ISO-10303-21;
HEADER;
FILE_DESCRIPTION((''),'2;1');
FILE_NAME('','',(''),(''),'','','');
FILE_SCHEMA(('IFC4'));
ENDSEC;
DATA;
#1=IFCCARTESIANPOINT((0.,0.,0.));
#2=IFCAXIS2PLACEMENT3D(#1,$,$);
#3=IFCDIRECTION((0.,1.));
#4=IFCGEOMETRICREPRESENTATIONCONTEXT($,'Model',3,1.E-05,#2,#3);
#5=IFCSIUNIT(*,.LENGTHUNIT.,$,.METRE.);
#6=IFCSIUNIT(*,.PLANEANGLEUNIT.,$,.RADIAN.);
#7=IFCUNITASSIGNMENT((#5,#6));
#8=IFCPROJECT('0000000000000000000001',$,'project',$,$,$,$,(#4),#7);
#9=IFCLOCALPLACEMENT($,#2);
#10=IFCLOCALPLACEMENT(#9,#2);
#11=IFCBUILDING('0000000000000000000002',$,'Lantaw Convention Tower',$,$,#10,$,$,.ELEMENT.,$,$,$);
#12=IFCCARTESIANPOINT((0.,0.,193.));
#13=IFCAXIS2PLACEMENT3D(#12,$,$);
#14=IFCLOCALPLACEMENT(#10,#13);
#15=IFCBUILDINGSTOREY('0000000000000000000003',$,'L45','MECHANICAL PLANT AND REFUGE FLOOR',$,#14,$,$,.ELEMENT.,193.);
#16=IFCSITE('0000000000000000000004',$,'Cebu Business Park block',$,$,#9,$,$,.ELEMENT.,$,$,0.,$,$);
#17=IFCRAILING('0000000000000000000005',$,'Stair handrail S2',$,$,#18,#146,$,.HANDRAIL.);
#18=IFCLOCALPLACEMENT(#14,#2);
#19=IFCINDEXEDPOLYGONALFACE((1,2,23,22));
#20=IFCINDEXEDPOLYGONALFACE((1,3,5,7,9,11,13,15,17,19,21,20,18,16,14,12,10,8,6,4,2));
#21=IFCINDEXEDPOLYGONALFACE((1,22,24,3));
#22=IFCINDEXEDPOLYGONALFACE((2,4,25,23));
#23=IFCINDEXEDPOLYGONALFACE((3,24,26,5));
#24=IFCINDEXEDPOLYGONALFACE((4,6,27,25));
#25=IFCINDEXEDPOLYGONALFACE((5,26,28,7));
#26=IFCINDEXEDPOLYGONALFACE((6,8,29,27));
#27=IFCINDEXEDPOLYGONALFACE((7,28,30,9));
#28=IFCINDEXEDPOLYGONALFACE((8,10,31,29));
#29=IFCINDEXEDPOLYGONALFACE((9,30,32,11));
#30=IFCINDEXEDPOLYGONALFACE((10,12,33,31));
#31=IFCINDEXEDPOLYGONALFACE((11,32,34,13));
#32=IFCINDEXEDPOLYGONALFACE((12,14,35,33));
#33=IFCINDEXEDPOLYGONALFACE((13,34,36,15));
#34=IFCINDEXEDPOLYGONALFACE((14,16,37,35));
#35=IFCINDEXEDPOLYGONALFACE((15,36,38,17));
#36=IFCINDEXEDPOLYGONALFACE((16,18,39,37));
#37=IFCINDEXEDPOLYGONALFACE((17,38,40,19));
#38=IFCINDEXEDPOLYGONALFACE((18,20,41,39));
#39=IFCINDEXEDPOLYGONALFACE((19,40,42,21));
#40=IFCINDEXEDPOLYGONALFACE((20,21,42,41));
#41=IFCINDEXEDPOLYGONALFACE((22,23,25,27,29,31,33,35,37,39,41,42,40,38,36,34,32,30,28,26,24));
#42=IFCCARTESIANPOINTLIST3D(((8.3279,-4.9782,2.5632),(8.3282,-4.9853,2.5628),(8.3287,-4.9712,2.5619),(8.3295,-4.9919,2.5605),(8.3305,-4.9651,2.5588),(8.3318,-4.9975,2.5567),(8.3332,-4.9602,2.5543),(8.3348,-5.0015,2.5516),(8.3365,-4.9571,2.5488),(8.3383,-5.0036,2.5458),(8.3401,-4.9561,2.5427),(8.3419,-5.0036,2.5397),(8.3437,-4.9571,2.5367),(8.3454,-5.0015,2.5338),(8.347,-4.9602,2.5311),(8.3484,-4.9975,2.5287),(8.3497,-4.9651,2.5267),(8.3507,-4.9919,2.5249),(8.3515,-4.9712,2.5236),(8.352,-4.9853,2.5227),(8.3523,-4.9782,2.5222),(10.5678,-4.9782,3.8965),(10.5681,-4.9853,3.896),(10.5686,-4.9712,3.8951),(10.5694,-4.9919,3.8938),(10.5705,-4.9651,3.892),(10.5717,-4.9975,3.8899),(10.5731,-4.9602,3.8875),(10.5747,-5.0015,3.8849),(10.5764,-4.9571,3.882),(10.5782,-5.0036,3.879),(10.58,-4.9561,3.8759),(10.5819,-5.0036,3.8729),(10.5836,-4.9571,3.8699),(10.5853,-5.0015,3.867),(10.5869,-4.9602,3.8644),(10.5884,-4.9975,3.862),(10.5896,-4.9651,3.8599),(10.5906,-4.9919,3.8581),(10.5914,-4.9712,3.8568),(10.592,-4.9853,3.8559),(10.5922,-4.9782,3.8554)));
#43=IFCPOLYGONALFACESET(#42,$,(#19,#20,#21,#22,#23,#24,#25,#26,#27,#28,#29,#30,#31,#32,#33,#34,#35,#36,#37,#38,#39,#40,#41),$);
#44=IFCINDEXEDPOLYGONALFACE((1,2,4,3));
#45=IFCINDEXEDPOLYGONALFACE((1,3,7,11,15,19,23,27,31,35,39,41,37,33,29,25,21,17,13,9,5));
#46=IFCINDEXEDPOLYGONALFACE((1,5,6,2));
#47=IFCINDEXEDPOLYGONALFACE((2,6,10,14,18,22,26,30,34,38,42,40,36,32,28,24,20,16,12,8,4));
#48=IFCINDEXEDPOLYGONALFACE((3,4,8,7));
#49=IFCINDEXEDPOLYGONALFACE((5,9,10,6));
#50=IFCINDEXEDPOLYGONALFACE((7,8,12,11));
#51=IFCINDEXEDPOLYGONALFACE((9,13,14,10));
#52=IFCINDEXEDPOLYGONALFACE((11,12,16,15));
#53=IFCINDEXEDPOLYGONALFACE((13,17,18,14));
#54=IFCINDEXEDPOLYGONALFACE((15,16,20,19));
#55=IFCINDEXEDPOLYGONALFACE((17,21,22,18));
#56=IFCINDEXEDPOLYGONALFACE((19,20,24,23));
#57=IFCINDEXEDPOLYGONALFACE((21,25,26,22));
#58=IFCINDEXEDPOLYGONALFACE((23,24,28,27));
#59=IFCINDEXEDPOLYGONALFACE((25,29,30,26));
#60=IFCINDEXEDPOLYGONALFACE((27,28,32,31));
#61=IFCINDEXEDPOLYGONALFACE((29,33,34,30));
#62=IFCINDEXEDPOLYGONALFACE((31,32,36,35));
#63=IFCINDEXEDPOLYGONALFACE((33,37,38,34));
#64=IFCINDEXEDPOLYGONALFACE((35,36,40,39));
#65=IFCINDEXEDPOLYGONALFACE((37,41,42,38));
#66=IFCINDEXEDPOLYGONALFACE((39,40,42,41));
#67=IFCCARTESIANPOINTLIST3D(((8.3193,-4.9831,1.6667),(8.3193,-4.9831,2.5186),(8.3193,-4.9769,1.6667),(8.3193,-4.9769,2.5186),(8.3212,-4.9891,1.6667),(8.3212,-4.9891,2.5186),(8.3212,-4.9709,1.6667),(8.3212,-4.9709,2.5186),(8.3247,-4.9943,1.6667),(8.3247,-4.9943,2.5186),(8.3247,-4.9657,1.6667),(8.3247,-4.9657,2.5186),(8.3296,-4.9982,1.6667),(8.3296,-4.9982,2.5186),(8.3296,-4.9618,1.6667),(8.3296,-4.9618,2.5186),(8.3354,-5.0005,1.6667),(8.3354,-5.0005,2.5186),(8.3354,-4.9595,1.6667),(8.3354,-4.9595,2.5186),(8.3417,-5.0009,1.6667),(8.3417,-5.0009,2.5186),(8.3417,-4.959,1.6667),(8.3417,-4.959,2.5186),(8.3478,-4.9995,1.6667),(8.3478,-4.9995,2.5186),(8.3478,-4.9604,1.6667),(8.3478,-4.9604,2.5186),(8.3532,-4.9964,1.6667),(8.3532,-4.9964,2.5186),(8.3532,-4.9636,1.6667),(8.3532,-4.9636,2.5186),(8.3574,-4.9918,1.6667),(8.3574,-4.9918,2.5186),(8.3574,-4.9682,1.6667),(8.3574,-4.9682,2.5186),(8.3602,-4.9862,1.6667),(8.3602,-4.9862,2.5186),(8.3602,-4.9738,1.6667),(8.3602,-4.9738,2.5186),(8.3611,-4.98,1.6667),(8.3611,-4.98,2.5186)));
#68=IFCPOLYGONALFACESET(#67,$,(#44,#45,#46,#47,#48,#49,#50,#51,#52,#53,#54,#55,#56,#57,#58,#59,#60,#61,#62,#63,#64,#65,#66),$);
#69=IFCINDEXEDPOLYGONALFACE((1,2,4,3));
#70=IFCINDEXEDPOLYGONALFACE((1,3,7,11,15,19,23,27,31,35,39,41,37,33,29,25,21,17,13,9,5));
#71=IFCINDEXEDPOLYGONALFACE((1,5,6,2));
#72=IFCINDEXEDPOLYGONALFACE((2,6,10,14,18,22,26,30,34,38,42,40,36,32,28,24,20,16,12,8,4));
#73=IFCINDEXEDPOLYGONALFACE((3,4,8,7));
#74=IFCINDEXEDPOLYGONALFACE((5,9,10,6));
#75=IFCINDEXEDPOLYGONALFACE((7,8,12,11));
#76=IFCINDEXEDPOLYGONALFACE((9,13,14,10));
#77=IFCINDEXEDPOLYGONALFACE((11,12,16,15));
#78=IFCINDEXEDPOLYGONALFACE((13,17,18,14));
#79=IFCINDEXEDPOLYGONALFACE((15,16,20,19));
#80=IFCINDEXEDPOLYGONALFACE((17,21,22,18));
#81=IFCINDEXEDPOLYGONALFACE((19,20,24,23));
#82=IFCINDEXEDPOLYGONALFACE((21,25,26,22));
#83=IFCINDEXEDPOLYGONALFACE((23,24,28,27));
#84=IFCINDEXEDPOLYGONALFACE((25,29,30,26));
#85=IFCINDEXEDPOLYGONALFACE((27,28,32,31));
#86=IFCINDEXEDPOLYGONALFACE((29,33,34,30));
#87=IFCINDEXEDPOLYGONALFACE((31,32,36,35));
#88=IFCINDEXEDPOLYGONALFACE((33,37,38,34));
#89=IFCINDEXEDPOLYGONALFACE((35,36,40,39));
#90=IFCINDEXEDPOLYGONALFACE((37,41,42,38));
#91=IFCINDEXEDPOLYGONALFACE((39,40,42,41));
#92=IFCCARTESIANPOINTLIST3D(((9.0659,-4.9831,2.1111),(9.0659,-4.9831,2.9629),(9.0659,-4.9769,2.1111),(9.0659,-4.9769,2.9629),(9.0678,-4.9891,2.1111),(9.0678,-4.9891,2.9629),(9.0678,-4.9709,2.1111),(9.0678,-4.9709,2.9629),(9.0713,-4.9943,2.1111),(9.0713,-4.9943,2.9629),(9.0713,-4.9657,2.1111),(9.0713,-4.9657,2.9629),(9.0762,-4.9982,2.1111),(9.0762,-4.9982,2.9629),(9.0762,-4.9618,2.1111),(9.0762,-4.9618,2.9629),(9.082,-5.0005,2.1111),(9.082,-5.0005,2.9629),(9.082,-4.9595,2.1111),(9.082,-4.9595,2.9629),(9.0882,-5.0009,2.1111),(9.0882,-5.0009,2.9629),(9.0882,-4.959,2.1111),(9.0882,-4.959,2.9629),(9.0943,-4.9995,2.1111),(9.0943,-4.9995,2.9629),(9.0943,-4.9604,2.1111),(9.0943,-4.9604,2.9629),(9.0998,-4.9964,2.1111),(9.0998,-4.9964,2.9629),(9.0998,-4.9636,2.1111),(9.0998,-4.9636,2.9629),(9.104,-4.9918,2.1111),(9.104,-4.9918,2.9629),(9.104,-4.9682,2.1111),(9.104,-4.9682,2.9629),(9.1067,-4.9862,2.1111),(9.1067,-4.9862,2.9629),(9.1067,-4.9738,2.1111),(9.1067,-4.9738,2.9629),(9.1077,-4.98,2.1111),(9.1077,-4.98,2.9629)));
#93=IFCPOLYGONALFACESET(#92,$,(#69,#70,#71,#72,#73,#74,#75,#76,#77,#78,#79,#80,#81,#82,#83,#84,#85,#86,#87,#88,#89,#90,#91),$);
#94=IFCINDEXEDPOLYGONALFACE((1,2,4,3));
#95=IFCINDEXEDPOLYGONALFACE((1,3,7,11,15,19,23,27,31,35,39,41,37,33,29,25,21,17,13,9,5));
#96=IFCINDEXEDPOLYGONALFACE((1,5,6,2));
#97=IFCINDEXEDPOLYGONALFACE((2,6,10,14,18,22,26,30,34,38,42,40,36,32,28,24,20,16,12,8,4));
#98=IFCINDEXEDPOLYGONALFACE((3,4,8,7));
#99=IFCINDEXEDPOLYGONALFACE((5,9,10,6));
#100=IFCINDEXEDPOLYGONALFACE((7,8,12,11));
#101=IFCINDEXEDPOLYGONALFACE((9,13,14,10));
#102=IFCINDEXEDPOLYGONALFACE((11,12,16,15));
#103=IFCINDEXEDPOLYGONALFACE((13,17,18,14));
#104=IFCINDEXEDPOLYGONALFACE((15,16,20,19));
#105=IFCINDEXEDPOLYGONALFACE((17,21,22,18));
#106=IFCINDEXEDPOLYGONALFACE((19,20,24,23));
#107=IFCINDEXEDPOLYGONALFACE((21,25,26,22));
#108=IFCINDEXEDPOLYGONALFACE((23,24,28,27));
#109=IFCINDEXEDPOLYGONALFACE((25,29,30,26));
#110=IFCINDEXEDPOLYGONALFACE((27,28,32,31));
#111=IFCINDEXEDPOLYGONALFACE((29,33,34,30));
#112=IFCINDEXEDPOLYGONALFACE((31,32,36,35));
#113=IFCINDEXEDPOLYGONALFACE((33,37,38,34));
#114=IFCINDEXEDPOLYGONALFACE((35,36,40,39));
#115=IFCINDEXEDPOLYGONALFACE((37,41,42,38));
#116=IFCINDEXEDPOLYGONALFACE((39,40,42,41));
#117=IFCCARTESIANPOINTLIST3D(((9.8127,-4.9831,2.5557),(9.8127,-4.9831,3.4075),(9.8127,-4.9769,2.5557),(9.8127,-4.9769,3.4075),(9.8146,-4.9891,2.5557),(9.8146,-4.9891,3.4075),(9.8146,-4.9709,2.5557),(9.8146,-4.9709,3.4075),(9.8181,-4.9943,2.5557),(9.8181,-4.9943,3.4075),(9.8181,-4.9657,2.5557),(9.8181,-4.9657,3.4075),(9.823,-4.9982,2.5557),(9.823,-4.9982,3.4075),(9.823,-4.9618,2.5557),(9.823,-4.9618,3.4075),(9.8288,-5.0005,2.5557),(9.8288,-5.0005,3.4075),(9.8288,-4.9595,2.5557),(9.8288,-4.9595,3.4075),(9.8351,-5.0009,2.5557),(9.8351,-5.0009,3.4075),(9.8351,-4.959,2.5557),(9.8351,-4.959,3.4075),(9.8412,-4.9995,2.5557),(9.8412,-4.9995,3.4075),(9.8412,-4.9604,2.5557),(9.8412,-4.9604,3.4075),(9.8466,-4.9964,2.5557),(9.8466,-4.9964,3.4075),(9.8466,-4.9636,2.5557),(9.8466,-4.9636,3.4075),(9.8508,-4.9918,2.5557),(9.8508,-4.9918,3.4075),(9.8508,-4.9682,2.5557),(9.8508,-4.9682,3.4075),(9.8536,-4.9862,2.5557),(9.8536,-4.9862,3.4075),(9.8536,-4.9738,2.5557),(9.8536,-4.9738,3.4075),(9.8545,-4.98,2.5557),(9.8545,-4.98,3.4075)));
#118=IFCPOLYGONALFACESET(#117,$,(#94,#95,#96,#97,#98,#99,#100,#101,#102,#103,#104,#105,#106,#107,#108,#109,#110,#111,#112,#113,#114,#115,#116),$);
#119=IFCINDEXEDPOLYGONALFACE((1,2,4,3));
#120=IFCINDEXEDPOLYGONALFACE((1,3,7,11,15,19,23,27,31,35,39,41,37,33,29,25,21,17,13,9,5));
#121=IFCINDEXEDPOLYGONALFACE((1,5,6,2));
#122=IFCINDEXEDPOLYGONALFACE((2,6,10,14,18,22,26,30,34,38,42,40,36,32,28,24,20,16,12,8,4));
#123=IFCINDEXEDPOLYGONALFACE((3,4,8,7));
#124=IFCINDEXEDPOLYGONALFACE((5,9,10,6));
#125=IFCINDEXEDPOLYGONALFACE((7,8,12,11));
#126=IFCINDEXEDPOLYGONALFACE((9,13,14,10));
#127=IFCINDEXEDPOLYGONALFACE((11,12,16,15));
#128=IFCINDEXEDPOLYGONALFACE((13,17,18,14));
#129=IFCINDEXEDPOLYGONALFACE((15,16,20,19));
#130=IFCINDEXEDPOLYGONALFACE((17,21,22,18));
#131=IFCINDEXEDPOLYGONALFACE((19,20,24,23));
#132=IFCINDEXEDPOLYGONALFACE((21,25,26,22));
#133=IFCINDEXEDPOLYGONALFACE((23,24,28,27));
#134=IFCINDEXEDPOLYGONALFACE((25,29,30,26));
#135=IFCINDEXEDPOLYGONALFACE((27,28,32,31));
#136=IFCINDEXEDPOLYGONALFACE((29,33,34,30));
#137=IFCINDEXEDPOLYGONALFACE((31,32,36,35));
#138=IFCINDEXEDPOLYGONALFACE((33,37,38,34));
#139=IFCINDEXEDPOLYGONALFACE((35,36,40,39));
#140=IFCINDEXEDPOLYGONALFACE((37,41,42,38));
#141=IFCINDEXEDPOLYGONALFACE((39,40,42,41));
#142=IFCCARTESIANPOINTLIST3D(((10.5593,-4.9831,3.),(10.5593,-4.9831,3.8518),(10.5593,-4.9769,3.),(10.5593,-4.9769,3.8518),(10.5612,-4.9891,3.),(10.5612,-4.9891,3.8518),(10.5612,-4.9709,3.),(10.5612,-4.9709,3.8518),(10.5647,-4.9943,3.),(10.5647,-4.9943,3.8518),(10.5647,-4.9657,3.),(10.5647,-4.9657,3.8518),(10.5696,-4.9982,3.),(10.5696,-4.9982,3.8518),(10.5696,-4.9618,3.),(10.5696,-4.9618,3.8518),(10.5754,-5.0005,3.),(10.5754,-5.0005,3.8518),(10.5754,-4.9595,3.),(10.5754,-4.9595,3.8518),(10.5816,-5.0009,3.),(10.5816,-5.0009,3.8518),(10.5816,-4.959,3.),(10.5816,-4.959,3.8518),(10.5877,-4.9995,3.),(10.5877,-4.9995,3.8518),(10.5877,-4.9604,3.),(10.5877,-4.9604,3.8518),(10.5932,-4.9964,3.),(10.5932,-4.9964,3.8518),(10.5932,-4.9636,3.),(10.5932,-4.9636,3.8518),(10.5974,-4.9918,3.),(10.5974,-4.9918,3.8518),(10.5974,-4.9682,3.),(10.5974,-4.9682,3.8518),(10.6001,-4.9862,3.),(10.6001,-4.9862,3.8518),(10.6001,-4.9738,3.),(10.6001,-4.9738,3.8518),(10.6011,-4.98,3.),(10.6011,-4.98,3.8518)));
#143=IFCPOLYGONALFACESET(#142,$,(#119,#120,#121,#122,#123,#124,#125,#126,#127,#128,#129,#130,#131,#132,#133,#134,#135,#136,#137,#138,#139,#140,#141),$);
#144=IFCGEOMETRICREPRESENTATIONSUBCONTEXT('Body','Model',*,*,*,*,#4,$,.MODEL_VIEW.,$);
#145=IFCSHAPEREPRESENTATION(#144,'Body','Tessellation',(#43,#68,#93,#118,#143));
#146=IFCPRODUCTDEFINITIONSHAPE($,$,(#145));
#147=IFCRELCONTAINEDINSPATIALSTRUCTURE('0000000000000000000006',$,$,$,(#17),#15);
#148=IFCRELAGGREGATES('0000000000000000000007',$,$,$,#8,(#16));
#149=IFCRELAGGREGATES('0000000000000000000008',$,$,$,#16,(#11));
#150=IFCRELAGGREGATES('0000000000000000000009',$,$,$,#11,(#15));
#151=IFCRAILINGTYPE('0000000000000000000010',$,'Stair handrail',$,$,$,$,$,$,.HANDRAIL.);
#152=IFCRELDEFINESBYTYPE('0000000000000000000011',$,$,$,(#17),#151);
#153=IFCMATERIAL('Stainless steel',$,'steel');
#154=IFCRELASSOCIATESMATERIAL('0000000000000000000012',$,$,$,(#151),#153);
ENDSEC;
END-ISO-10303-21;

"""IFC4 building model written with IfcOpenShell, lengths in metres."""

from ifc_helpers import new_model, si_unit, direction, frame, origin, origin_2d, place, context, subcontext, project, spatial, circle, extrude, material, type_object, element, save


model = new_model("IFC4")

# Units and contexts
model_context = context("Model", 3, precision=1e-05, world=origin(), true_north=direction((0.0, 1.0)))
body_context = subcontext(model_context, "Body", "Model", "MODEL_VIEW")
ifc_project = project(units=[si_unit("LENGTHUNIT", "METRE"), si_unit("PLANEANGLEUNIT", "RADIAN")], contexts=[model_context])

# Site, building, storey
site_placement = place(None, origin())
site = spatial("IfcSite", under=ifc_project, at=site_placement, Name="Cebu Business Park block", CompositionType="ELEMENT", RefElevation=0.0)
building_placement = place(site_placement, origin())
building = spatial("IfcBuilding", under=site, at=building_placement, Name="Lantaw Convention Tower", CompositionType="ELEMENT")
storey_placement = place(building_placement, frame((0.0, 0.0, 193.0)))
storey = spatial("IfcBuildingStorey", under=building, at=storey_placement, Name="L45", Description="MECHANICAL PLANT AND REFUGE FLOOR", CompositionType="ELEMENT", Elevation=193.0)

# Railing
ifc_material_1 = material(Name="Stainless steel", Category="steel")
railing_type = type_object("IfcRailingType", Name="Stair handrail", PredefinedType="HANDRAIL", material=ifc_material_1)
railing_1_placement = place(storey_placement, frame((8.3401, -4.98, 1.6667)))
element("IfcRailing", 1, at=railing_1_placement, inside=storey, type_object=railing_type, Name="Stair handrail S2", PredefinedType="HANDRAIL", context=body_context, shape_type="SweptSolid", body=[
    extrude(circle(Radius=0.0239, at=origin_2d()), frame((0.0, 0.0, 0.876), z_axis=(0.859306, 0.0, 0.511462), x_axis=(0.0, 1.0, 0.0)), (0.0, 0.0, 1.0), 2.6067),
    extrude(circle(Radius=0.021, at=origin_2d()), origin(), (0.0, 0.0, 1.0), 0.8518),
    extrude(circle(Radius=0.021, at=origin_2d()), frame((0.7466, 0.0, 0.4443)), (0.0, 0.0, 1.0), 0.8518),
    extrude(circle(Radius=0.021, at=origin_2d()), frame((1.4934, 0.0, 0.8889)), (0.0, 0.0, 1.0), 0.8518),
    extrude(circle(Radius=0.021, at=origin_2d()), frame((2.24, 0.0, 1.3333)), (0.0, 0.0, 1.0), 0.8518),
])

save(model, "model.ifc")
